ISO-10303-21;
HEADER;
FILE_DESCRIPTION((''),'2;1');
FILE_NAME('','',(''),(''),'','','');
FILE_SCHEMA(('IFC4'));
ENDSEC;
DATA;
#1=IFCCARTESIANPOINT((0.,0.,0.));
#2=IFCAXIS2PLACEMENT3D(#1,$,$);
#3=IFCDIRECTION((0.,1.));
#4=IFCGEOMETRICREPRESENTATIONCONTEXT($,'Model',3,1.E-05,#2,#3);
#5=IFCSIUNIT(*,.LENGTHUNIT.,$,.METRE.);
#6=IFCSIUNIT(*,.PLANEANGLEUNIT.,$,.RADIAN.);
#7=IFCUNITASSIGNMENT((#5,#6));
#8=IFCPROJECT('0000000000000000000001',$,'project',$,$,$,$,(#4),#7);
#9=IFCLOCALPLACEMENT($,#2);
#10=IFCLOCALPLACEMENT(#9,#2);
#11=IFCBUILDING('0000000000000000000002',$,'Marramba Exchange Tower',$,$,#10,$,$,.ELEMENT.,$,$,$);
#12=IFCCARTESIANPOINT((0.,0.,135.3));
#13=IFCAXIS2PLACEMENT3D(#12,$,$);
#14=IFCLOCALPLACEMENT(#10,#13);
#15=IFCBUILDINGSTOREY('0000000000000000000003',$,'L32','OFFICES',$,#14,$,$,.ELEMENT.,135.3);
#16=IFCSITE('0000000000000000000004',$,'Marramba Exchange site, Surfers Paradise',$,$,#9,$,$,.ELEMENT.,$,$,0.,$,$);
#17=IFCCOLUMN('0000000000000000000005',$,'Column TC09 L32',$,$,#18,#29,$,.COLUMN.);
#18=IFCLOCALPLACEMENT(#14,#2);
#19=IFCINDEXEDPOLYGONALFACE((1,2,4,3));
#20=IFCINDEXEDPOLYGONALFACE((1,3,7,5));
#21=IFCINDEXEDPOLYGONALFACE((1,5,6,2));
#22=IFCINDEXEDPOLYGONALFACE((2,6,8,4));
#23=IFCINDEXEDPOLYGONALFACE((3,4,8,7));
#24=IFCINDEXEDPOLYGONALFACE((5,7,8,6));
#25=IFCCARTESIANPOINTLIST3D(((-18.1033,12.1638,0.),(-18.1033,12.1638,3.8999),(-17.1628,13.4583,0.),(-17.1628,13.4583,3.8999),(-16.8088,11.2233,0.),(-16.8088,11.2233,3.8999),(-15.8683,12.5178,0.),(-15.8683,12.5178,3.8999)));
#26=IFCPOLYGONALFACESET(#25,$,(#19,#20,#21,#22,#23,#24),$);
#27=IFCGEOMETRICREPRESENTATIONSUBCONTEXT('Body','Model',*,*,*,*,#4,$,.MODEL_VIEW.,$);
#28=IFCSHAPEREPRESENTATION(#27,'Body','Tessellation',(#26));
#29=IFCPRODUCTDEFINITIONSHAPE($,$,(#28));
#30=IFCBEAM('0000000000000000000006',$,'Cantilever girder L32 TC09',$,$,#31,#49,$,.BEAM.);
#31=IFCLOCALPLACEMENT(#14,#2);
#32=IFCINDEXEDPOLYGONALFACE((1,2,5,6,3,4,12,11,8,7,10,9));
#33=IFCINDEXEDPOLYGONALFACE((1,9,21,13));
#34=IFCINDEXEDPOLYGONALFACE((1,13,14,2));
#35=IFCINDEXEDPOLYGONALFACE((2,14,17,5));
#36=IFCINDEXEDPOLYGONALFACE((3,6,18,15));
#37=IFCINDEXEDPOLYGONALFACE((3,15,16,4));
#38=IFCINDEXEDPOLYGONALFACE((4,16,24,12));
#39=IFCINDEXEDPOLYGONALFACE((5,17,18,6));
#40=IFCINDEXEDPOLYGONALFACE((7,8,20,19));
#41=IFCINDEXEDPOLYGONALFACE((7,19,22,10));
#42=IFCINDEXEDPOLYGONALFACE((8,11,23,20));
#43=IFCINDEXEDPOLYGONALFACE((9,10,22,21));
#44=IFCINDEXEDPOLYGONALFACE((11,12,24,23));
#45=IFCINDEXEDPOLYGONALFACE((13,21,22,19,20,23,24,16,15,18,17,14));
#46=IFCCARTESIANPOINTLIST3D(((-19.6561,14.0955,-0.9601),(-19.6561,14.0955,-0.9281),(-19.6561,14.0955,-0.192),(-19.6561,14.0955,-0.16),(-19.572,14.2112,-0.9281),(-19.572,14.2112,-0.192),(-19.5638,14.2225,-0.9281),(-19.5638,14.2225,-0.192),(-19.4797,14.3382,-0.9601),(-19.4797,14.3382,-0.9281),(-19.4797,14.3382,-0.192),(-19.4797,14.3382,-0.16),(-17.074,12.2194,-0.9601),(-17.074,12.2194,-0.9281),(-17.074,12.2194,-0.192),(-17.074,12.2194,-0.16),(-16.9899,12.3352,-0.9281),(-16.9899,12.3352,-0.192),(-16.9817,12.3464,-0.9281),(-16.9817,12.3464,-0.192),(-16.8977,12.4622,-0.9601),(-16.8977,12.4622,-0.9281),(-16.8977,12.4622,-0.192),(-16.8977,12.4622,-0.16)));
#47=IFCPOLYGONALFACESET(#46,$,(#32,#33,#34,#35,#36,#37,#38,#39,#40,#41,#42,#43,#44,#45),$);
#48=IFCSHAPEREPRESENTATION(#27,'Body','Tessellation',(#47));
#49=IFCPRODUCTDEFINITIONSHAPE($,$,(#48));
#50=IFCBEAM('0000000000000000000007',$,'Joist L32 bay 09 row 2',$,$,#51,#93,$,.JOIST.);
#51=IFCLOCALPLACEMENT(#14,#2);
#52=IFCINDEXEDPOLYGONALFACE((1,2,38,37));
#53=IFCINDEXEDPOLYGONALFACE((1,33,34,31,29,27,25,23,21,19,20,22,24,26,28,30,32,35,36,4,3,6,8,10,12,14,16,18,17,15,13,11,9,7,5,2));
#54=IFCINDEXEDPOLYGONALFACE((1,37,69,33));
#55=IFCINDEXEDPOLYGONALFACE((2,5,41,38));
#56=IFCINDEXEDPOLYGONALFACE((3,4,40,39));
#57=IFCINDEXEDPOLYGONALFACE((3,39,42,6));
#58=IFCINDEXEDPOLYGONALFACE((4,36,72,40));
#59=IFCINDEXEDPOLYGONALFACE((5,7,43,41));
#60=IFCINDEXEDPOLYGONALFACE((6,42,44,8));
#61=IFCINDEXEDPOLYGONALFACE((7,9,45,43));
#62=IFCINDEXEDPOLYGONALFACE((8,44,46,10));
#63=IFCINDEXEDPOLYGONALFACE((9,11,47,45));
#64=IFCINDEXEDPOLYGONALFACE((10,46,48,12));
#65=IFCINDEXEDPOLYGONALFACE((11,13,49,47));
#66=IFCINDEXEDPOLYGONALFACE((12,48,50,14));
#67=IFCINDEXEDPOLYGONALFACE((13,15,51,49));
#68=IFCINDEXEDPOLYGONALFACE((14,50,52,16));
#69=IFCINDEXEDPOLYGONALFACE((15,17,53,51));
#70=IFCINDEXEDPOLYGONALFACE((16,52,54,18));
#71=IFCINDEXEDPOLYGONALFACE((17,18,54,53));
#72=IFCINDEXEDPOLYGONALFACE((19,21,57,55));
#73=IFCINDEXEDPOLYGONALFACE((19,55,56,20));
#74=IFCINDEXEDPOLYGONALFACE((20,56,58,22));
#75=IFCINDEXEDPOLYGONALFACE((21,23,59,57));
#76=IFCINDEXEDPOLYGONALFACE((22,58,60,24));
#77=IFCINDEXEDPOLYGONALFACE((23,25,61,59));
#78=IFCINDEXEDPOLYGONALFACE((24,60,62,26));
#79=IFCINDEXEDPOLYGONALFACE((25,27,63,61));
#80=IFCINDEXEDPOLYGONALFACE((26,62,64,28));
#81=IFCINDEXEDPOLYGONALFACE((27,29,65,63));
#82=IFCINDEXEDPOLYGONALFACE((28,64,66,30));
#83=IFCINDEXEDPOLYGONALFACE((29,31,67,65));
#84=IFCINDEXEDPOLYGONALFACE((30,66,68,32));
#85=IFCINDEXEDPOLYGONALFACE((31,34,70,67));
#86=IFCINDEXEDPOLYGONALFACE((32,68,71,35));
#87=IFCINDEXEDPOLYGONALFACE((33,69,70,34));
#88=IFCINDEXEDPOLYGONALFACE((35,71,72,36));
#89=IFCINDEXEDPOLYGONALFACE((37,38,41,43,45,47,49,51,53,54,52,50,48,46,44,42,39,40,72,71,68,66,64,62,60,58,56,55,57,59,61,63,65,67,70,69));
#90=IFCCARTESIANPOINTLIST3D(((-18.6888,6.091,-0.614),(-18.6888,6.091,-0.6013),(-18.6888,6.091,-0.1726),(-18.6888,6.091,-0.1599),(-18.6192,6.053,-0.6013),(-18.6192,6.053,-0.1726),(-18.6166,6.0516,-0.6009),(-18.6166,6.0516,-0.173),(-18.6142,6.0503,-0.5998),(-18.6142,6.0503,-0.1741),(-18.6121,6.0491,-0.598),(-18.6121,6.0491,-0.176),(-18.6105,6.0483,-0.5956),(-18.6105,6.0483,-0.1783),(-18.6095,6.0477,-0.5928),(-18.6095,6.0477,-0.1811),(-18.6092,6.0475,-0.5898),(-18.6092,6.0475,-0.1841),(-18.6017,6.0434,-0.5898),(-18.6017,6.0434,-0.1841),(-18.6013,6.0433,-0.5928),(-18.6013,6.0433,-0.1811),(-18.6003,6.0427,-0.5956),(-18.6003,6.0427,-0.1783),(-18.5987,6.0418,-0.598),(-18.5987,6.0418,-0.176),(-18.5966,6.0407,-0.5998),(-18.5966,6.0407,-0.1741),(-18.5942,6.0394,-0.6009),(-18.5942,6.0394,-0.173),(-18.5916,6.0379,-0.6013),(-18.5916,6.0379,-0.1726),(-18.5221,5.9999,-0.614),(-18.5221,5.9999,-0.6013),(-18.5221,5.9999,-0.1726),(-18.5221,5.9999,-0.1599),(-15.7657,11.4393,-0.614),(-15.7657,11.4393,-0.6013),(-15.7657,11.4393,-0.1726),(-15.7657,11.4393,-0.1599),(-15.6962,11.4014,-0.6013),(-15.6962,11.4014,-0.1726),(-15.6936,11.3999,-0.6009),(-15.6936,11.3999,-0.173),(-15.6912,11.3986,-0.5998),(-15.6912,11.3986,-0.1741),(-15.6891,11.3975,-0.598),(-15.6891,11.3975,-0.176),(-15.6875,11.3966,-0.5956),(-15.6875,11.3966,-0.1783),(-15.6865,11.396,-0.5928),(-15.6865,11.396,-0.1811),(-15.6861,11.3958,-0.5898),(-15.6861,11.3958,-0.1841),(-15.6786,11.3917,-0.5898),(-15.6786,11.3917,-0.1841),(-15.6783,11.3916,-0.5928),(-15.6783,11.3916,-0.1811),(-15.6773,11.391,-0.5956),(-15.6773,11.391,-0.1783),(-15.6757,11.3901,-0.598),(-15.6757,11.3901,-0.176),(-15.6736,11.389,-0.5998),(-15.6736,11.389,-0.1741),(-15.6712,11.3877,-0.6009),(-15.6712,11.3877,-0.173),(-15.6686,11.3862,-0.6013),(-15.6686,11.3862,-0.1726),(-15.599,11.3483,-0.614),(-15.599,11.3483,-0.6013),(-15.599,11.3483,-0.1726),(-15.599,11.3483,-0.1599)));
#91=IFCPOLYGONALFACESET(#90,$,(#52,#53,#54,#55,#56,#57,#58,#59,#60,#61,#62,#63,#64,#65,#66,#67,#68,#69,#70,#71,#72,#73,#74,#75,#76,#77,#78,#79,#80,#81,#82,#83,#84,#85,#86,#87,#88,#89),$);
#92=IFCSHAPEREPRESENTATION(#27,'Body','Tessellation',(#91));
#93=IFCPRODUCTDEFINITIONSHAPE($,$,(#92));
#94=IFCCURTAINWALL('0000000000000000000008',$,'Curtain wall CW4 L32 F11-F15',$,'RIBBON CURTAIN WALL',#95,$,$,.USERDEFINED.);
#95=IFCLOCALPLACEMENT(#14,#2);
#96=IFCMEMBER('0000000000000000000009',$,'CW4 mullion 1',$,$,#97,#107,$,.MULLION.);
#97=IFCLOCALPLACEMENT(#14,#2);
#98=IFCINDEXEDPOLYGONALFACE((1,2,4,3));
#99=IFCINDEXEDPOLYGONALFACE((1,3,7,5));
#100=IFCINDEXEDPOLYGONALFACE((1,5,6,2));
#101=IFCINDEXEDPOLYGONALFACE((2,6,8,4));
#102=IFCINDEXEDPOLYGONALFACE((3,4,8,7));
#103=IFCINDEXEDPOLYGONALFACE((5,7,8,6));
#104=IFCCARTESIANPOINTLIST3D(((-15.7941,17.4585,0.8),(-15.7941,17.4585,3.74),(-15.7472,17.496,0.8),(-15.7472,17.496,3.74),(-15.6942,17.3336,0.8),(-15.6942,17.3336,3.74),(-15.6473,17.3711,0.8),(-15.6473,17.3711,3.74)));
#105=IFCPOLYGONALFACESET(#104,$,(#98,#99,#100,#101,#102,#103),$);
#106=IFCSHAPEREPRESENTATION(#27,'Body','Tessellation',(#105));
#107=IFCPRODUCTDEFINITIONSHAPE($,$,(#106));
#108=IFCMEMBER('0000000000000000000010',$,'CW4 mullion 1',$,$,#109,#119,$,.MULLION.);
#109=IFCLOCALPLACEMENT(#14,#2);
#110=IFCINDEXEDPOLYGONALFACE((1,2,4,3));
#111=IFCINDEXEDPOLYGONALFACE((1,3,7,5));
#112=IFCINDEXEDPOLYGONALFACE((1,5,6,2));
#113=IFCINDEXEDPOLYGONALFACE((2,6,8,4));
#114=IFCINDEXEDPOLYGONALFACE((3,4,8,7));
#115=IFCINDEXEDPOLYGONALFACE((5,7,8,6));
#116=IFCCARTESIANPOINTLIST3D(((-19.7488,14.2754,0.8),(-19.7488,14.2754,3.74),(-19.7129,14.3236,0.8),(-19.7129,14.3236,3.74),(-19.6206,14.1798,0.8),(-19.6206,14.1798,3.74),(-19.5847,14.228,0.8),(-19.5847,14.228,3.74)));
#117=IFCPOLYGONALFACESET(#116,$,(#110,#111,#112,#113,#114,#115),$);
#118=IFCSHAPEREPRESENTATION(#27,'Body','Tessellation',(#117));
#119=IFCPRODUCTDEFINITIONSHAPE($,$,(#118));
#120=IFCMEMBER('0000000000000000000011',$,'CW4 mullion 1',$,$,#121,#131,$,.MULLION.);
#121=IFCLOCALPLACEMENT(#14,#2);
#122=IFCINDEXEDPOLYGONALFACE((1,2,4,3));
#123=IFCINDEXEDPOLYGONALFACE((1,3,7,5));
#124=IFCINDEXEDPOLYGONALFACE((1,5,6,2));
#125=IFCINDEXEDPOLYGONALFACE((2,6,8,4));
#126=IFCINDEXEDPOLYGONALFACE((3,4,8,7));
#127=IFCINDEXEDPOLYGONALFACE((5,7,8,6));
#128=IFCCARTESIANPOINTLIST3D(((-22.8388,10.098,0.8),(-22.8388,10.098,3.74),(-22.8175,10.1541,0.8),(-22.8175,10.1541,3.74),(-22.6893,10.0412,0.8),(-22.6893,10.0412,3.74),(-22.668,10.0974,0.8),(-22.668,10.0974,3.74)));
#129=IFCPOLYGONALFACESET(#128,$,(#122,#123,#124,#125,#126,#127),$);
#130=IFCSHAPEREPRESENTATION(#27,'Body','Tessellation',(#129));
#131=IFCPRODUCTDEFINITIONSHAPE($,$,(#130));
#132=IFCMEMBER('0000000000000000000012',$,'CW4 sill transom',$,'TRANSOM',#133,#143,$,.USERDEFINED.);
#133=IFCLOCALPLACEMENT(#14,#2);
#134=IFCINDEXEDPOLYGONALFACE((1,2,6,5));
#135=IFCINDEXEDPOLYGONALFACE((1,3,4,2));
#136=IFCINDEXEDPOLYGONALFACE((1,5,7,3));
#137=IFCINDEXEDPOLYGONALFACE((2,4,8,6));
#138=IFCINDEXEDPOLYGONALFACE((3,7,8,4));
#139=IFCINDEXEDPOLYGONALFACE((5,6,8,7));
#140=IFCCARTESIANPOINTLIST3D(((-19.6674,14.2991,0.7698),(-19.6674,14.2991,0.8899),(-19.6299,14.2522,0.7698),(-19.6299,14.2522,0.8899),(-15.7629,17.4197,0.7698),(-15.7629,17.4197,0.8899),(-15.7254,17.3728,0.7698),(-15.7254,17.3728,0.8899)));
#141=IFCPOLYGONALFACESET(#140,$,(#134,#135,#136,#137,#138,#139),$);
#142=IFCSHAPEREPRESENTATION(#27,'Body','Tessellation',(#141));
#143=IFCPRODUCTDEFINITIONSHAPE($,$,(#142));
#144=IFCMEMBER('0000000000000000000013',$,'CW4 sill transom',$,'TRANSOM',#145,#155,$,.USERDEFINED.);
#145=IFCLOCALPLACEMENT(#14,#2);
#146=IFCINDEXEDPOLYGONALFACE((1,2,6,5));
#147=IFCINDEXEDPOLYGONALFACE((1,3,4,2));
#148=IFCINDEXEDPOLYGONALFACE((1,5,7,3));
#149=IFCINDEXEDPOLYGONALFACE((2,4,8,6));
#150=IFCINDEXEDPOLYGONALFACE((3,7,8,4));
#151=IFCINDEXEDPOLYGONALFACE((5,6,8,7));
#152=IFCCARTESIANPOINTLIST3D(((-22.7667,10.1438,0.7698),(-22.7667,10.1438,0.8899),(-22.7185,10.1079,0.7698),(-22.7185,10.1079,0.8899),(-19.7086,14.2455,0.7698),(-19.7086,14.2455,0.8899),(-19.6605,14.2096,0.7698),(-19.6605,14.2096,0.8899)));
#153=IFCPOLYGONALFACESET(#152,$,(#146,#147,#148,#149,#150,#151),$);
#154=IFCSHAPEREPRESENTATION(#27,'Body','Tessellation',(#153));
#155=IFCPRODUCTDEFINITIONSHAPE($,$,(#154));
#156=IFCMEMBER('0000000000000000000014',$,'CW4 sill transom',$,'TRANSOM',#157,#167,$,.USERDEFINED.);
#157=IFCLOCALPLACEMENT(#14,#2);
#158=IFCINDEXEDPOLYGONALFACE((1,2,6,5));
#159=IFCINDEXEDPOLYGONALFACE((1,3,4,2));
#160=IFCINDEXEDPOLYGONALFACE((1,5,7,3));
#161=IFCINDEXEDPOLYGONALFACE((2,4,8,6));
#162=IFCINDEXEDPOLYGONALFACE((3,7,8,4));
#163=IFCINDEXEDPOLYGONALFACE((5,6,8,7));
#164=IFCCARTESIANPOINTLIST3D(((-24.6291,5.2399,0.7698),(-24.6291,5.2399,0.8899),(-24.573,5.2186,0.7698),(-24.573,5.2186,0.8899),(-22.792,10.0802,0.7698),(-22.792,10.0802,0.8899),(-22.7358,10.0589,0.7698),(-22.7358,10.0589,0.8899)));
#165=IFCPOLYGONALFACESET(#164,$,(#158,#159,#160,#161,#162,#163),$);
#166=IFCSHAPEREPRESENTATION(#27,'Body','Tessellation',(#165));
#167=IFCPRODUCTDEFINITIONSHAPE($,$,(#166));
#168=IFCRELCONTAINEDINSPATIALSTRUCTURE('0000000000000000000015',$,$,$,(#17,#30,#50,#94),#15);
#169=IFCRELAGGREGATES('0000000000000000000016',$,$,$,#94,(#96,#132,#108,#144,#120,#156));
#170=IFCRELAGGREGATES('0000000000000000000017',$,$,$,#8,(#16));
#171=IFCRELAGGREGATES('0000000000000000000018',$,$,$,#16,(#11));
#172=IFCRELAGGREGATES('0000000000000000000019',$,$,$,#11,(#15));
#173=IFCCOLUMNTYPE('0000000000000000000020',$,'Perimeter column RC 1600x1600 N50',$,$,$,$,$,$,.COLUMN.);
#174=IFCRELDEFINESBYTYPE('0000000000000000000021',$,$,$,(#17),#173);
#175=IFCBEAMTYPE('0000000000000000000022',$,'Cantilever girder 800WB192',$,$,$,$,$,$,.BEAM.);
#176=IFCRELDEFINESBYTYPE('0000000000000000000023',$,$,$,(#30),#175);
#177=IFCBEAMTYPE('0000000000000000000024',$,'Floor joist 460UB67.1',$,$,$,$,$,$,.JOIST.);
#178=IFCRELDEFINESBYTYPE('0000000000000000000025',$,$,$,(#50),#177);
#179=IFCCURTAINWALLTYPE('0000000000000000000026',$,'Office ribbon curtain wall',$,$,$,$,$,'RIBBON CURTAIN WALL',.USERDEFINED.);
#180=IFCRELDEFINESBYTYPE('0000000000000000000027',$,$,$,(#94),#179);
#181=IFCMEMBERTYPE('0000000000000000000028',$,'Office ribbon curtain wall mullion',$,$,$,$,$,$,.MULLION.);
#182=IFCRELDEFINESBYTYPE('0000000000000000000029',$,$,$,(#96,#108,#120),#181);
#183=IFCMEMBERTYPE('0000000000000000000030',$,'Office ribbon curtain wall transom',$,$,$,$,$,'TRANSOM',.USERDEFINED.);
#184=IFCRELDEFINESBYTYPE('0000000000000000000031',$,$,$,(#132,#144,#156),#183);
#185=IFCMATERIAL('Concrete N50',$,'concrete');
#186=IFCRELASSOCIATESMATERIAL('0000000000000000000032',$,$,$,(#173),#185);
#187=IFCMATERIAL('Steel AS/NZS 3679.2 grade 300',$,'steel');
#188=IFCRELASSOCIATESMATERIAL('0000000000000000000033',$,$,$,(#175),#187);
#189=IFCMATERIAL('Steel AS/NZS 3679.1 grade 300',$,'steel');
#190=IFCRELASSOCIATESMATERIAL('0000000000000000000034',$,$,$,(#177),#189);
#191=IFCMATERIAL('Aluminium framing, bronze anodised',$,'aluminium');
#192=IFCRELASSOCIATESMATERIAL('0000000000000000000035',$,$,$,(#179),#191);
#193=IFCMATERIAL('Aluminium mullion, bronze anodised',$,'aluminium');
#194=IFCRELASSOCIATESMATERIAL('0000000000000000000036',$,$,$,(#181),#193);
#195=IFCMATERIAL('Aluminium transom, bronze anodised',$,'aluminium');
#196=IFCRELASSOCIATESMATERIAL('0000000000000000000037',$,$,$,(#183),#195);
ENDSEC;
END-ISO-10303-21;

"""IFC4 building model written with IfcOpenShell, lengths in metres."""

from ifc_helpers import new_model, si_unit, direction, frame, origin, origin_2d, place, context, subcontext, project, spatial, rectangle, i_section, extrude, material, material_profile, profile_set, type_object, element, aggregate, save


model = new_model("IFC4")

# Units and contexts
model_context = context("Model", 3, precision=1e-05, world=origin(), true_north=direction((0.0, 1.0)))
body_context = subcontext(model_context, "Body", "Model", "MODEL_VIEW")
ifc_project = project(units=[si_unit("LENGTHUNIT", "METRE"), si_unit("PLANEANGLEUNIT", "RADIAN")], contexts=[model_context])

# Site, building, storey
site_placement = place(None, origin())
site = spatial("IfcSite", under=ifc_project, at=site_placement, Name="Marramba Exchange site, Surfers Paradise", CompositionType="ELEMENT", RefElevation=0.0)
building_placement = place(site_placement, origin())
building = spatial("IfcBuilding", under=site, at=building_placement, Name="Marramba Exchange Tower", CompositionType="ELEMENT")
storey_placement = place(building_placement, frame((0.0, 0.0, 135.3)))
storey = spatial("IfcBuildingStorey", under=building, at=storey_placement, Name="L32", Description="OFFICES", CompositionType="ELEMENT", Elevation=135.3)

# Column
ifc_material_1 = material(Name="Concrete N50", Category="concrete")
ifc_material_profile_1 = material_profile(ifc_material_1, rectangle(XDim=1.6001, YDim=1.6001, at=origin_2d()), Name="RC 1600x1600")
ifc_profile_set_1 = profile_set([ifc_material_profile_1], Name="Concrete N50")
column_type = type_object("IfcColumnType", Name="Perimeter column RC 1600x1600 N50", PredefinedType="COLUMN", material=ifc_profile_set_1)
column_placement = place(storey_placement, frame((-16.9858, 12.3408, 0.0), z_axis=(0.0, 0.0, 1.0), x_axis=(-0.809017, 0.587785, 0.0)))
element("IfcColumn", 1, at=column_placement, inside=storey, type_object=column_type, Name="Column TC09 L32", PredefinedType="COLUMN", context=body_context, shape_type="SweptSolid", body=[
    extrude(rectangle(XDim=1.6001, YDim=1.6001, at=origin_2d()), origin(), (0.0, 0.0, 1.0), 3.8999),
])

# Beams
ifc_material_2 = material(Name="Steel AS/NZS 3679.2 grade 300", Category="steel")
ifc_material_profile_2 = material_profile(ifc_material_2, i_section(OverallWidth=0.3, OverallDepth=0.8, WebThickness=0.0139, FlangeThickness=0.032, at=origin_2d()), Name="800WB192")
ifc_profile_set_2 = profile_set([ifc_material_profile_2], Name="Steel AS/NZS 3679.2 grade 300")
beam_type_1 = type_object("IfcBeamType", Name="Cantilever girder 800WB192", PredefinedType="BEAM", material=ifc_profile_set_2)
beam_1_placement = place(storey_placement, frame((-16.9858, 12.3408, -0.5601), z_axis=(-0.809014, 0.58779, 0.0), x_axis=(-0.58779, -0.809014, 0.0)))
element("IfcBeam", 2, at=beam_1_placement, inside=storey, type_object=beam_type_1, Name="Cantilever girder L32 TC09", PredefinedType="BEAM", context=body_context, shape_type="SweptSolid", body=[
    extrude(i_section(OverallWidth=0.3, OverallDepth=0.8, WebThickness=0.0139, FlangeThickness=0.032, at=origin_2d()), origin(), (0.0, 0.0, 1.0), 3.1917),
])
ifc_material_3 = material(Name="Steel AS/NZS 3679.1 grade 300", Category="steel")
ifc_material_profile_3 = material_profile(ifc_material_3, i_section(OverallWidth=0.1899, OverallDepth=0.4541, WebThickness=0.0085, FlangeThickness=0.0127, FilletRadius=0.0115, at=origin_2d()), Name="460UB67.1")
ifc_profile_set_3 = profile_set([ifc_material_profile_3], Name="Steel AS/NZS 3679.1 grade 300")
beam_type_2 = type_object("IfcBeamType", Name="Floor joist 460UB67.1", PredefinedType="JOIST", material=ifc_profile_set_3)
beam_2_placement = place(storey_placement, frame((-15.6824, 11.3938, -0.387), z_axis=(-0.479584, -0.877496, 0.0), x_axis=(0.877496, -0.479584, 0.0)))
element("IfcBeam", 3, at=beam_2_placement, inside=storey, type_object=beam_type_2, Name="Joist L32 bay 09 row 2", PredefinedType="JOIST", context=body_context, shape_type="SweptSolid", body=[
    extrude(i_section(OverallWidth=0.1899, OverallDepth=0.4541, WebThickness=0.0085, FlangeThickness=0.0127, FilletRadius=0.0115, at=origin_2d()), origin(), (0.0, 0.0, 1.0), 6.095),
])

# Curtain wall, members
ifc_material_4 = material(Name="Aluminium framing, bronze anodised", Category="aluminium")
curtain_wall_type = type_object("IfcCurtainWallType", Name="Office ribbon curtain wall", ElementType="RIBBON CURTAIN WALL", PredefinedType="USERDEFINED", material=ifc_material_4)
curtain_wall_placement = place(storey_placement, origin())
curtain_wall = element("IfcCurtainWall", 4, at=curtain_wall_placement, inside=storey, type_object=curtain_wall_type, Name="Curtain wall CW4 L32 F11-F15", ObjectType="RIBBON CURTAIN WALL", PredefinedType="USERDEFINED")
ifc_material_5 = material(Name="Aluminium mullion, bronze anodised", Category="aluminium")
ifc_material_profile_4 = material_profile(ifc_material_5, rectangle(XDim=0.1599, YDim=0.0601, at=origin_2d()), Name="CW4 mullion 60x160")
ifc_profile_set_4 = profile_set([ifc_material_profile_4], Name="Aluminium mullion, bronze anodised")
member_type_1 = type_object("IfcMemberType", Name="Office ribbon curtain wall mullion", PredefinedType="MULLION", material=ifc_profile_set_4)
member_1_placement = place(storey_placement, frame((-15.7207, 17.4148, 0.8), z_axis=(0.0, 0.0, 1.0), x_axis=(0.624308, -0.781178, 0.0)))
member_1 = element("IfcMember", 5, at=member_1_placement, type_object=member_type_1, Name="CW4 mullion 1", PredefinedType="MULLION", context=body_context, shape_type="SweptSolid", body=[
    extrude(rectangle(XDim=0.1599, YDim=0.0601, at=origin_2d()), origin(), (0.0, 0.0, 1.0), 2.9399),
])
member_2_placement = place(storey_placement, frame((-19.6667, 14.2517, 0.8), z_axis=(0.0, 0.0, 1.0), x_axis=(0.801717, -0.597704, 0.0)))
member_2 = element("IfcMember", 6, at=member_2_placement, type_object=member_type_1, Name="CW4 mullion 1", PredefinedType="MULLION", context=body_context, shape_type="SweptSolid", body=[
    extrude(rectangle(XDim=0.1599, YDim=0.0601, at=origin_2d()), origin(), (0.0, 0.0, 1.0), 2.9399),
])
member_3_placement = place(storey_placement, frame((-22.7534, 10.0977, 0.8), z_axis=(0.0, 0.0, 1.0), x_axis=(0.934925, -0.354844, 0.0)))
member_3 = element("IfcMember", 7, at=member_3_placement, type_object=member_type_1, Name="CW4 mullion 1", PredefinedType="MULLION", context=body_context, shape_type="SweptSolid", body=[
    extrude(rectangle(XDim=0.1599, YDim=0.0601, at=origin_2d()), origin(), (0.0, 0.0, 1.0), 2.9399),
])
ifc_material_6 = material(Name="Aluminium transom, bronze anodised", Category="aluminium")
ifc_material_profile_5 = material_profile(ifc_material_6, rectangle(XDim=0.0601, YDim=0.1201, at=origin_2d()), Name="CW4 transom 60x120")
ifc_profile_set_5 = profile_set([ifc_material_profile_5], Name="Aluminium transom, bronze anodised")
member_type_2 = type_object("IfcMemberType", Name="Office ribbon curtain wall transom", ElementType="TRANSOM", PredefinedType="USERDEFINED", material=ifc_profile_set_5)
member_4_placement = place(storey_placement, frame((-15.7441, 17.3962, 0.8298), z_axis=(-0.781164, -0.624326, 0.0), x_axis=(0.624326, -0.781164, 0.0)))
member_4 = element("IfcMember", 8, at=member_4_placement, type_object=member_type_2, Name="CW4 sill transom", ObjectType="TRANSOM", PredefinedType="USERDEFINED", context=body_context, shape_type="SweptSolid", body=[
    extrude(rectangle(XDim=0.0601, YDim=0.1201, at=origin_2d()), origin(), (0.0, 0.0, 1.0), 4.9983),
])
member_5_placement = place(storey_placement, frame((-19.6846, 14.2275, 0.8298), z_axis=(-0.597715, -0.801709, 0.0), x_axis=(0.801709, -0.597715, 0.0)))
member_5 = element("IfcMember", 9, at=member_5_placement, type_object=member_type_2, Name="CW4 sill transom", ObjectType="TRANSOM", PredefinedType="USERDEFINED", context=body_context, shape_type="SweptSolid", body=[
    extrude(rectangle(XDim=0.0601, YDim=0.1201, at=origin_2d()), origin(), (0.0, 0.0, 1.0), 5.1162),
])
member_6_placement = place(storey_placement, frame((-22.7639, 10.0696, 0.8298), z_axis=(-0.354852, -0.934923, 0.0), x_axis=(0.934923, -0.354852, 0.0)))
member_6 = element("IfcMember", 10, at=member_6_placement, type_object=member_type_2, Name="CW4 sill transom", ObjectType="TRANSOM", PredefinedType="USERDEFINED", context=body_context, shape_type="SweptSolid", body=[
    extrude(rectangle(XDim=0.0601, YDim=0.1201, at=origin_2d()), origin(), (0.0, 0.0, 1.0), 5.1772),
])

aggregate(curtain_wall, [member_1, member_4, member_2, member_5, member_3, member_6])

save(model, "model.ifc")
